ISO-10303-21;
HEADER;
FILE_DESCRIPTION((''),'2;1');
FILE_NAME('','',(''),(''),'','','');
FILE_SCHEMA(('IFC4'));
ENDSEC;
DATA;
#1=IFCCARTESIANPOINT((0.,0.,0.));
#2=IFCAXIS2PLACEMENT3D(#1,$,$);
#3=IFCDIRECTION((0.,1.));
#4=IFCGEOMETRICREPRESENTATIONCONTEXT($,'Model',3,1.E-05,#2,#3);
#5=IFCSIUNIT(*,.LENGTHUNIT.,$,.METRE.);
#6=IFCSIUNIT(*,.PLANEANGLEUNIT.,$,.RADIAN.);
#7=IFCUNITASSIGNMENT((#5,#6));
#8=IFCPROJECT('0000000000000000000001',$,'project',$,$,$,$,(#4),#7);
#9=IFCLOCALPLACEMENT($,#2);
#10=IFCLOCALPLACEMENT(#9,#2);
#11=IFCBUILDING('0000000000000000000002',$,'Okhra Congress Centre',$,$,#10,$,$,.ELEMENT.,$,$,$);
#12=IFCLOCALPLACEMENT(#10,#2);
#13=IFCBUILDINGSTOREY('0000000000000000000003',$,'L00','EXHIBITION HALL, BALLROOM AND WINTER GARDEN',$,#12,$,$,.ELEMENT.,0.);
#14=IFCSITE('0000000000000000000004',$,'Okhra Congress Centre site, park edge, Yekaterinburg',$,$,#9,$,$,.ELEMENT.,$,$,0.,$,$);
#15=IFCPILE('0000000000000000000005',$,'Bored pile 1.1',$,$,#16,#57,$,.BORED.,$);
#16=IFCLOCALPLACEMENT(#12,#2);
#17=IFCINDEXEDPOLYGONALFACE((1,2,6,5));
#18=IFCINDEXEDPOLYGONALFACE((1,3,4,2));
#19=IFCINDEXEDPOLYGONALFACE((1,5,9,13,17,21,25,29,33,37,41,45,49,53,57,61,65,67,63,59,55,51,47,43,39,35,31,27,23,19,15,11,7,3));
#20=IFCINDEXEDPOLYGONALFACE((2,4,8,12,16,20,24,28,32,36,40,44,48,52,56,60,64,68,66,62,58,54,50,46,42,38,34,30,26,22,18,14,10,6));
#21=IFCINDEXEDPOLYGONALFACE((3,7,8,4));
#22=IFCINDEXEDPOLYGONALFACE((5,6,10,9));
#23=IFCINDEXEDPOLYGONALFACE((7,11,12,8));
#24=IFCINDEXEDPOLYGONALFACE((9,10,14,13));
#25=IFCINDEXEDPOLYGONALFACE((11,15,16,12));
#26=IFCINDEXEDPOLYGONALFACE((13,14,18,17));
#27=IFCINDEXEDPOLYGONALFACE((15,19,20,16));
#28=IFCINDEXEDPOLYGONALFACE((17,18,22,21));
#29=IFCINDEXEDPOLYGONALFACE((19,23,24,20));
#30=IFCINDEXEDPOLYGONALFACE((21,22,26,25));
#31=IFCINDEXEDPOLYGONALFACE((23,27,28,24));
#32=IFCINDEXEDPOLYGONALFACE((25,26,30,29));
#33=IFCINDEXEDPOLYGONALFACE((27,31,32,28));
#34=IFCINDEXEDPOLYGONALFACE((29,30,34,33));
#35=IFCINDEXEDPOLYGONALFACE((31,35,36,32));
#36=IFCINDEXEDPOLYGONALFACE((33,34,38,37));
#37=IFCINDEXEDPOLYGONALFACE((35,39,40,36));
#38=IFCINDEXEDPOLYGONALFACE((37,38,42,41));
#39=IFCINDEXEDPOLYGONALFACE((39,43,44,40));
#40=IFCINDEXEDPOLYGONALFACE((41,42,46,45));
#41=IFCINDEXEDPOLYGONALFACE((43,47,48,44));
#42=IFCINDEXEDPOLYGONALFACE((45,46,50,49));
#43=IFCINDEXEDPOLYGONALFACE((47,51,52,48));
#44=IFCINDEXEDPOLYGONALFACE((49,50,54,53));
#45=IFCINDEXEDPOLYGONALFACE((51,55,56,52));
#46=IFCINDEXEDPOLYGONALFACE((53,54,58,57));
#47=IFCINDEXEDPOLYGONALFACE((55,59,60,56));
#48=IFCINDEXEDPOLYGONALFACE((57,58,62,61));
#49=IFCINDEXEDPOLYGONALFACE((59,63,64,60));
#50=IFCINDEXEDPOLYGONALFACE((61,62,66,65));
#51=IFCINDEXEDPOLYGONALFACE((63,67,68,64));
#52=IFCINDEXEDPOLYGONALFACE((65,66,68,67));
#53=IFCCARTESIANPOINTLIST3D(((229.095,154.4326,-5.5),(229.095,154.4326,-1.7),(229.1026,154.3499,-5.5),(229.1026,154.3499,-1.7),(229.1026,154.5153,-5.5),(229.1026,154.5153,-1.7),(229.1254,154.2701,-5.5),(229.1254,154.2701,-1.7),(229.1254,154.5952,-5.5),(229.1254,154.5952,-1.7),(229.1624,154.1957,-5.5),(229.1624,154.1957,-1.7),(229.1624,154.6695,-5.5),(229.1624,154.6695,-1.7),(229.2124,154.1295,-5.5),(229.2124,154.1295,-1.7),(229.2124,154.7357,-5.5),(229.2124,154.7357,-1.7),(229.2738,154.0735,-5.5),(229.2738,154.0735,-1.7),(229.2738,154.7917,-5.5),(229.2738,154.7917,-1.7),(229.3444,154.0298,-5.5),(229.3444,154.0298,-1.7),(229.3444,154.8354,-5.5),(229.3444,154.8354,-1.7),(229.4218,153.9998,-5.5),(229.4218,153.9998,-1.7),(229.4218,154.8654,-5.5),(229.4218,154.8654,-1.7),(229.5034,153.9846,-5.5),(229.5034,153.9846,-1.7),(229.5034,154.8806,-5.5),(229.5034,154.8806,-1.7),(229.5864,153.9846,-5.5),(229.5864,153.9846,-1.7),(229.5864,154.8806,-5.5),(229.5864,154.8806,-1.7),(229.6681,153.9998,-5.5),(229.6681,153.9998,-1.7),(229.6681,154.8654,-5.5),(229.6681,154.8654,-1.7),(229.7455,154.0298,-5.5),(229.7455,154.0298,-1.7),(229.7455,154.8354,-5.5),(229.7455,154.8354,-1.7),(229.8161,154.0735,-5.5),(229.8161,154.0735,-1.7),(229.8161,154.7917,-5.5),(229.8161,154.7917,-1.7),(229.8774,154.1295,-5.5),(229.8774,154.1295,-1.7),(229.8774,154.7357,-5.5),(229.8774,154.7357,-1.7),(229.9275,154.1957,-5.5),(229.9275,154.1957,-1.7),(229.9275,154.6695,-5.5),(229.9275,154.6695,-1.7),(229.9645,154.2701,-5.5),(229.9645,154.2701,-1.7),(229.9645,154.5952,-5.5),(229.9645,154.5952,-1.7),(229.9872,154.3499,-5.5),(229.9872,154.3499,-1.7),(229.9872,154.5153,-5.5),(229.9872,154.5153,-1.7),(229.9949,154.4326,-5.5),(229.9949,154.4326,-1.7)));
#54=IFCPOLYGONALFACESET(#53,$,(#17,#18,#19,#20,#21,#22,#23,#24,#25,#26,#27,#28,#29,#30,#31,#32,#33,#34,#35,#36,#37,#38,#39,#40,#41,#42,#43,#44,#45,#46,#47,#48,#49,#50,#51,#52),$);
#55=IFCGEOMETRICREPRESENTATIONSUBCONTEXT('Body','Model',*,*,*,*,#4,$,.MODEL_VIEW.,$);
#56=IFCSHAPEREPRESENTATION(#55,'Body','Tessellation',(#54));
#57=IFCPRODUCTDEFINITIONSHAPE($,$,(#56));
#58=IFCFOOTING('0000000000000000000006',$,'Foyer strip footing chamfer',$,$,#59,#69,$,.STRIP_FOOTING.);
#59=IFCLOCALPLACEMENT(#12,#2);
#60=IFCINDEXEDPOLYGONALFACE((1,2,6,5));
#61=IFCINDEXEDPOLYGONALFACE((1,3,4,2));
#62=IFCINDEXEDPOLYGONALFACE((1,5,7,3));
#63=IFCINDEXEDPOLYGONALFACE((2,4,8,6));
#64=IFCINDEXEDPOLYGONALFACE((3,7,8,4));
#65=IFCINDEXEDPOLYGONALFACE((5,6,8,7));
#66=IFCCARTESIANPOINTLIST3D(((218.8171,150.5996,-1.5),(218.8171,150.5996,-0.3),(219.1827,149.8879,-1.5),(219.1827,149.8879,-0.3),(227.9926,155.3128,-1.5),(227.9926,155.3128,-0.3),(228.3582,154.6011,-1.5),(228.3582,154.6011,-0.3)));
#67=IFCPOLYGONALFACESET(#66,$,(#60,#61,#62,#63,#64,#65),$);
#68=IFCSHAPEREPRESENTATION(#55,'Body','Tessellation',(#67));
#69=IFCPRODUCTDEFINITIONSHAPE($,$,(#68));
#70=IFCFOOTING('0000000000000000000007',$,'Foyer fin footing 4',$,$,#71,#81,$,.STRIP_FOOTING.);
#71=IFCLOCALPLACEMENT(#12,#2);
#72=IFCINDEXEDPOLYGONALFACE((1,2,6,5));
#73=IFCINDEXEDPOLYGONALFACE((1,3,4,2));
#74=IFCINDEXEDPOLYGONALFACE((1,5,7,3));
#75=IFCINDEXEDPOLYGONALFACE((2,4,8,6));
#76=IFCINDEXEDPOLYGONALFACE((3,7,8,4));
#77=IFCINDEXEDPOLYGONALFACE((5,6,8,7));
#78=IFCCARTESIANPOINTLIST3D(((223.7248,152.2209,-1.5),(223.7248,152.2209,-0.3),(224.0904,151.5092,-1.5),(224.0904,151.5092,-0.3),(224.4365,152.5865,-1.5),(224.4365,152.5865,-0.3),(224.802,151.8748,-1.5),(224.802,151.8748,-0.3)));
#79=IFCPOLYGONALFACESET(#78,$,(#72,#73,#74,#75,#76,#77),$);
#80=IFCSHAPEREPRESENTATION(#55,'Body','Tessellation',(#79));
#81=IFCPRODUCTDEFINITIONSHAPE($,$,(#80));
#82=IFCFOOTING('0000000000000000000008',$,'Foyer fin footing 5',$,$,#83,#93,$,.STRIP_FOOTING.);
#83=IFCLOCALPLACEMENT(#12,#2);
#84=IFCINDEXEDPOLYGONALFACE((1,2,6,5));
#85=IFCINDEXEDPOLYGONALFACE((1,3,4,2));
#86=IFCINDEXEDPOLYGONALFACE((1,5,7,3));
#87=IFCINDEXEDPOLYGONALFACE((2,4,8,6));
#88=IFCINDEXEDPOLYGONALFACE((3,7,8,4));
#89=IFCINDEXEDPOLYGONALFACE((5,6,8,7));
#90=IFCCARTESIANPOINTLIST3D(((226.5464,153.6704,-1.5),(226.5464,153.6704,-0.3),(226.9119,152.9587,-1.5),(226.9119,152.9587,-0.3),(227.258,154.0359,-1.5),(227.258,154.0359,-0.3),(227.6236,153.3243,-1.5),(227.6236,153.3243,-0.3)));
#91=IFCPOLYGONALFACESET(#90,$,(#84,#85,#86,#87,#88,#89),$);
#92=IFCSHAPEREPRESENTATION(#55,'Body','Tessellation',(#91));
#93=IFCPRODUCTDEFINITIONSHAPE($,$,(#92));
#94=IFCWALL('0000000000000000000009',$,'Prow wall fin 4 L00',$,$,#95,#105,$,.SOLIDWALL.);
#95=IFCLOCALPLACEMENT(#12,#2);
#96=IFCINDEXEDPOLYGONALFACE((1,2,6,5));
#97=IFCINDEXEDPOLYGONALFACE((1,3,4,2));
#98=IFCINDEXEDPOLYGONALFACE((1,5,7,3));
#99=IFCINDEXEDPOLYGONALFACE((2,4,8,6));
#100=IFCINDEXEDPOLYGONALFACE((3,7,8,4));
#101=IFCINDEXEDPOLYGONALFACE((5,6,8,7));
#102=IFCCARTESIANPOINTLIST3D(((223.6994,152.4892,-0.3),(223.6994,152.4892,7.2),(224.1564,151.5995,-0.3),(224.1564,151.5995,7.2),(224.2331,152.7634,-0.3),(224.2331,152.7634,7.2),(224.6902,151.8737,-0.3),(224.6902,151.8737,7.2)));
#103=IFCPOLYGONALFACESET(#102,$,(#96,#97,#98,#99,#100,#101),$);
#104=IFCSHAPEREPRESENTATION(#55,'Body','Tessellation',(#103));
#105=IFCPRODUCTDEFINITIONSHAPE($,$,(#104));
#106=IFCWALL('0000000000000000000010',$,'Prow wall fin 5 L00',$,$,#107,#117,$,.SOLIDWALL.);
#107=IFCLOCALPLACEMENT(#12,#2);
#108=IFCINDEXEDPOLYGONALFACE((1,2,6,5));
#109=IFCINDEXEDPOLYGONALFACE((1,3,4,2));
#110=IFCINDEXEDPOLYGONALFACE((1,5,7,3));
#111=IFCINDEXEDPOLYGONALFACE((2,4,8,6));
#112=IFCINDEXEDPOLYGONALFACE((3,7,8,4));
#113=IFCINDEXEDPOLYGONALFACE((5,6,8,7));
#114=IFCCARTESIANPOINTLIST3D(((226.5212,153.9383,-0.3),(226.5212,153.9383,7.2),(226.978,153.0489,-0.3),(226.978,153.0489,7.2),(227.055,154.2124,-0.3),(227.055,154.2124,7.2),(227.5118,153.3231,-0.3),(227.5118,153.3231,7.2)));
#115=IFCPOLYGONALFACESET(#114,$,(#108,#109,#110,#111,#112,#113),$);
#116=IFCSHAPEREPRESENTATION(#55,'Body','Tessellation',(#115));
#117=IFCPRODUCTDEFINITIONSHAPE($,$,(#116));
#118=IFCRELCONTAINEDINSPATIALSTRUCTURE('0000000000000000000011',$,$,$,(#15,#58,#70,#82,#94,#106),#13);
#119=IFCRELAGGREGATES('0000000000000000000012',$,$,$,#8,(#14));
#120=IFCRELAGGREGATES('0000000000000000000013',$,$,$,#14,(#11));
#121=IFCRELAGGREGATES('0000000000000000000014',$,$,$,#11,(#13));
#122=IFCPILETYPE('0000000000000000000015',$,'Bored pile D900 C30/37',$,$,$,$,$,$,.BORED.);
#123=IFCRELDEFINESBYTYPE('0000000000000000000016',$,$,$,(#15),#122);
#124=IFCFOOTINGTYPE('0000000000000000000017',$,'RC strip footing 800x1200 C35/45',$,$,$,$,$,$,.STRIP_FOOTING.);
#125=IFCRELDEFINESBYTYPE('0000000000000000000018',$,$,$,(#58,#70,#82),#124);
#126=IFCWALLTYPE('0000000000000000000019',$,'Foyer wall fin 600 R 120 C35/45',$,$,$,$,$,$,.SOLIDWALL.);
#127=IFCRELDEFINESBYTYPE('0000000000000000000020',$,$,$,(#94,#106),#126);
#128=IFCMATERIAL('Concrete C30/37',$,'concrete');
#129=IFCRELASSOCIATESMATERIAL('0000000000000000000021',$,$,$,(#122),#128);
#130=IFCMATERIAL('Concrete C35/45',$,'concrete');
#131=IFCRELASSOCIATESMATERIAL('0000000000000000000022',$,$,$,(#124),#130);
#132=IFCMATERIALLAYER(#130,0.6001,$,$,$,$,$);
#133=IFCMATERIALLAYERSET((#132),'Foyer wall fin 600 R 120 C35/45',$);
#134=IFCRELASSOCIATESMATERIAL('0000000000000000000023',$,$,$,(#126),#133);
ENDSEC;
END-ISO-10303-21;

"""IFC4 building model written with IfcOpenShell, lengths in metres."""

from ifc_helpers import new_model, si_unit, direction, frame, frame_2d, origin, origin_2d, place, context, subcontext, project, spatial, rectangle, circle, extrude, material, layer, layer_set, material_profile, profile_set, type_object, element, save


model = new_model("IFC4")

# Units and contexts
model_context = context("Model", 3, precision=1e-05, world=origin(), true_north=direction((0.0, 1.0)))
body_context = subcontext(model_context, "Body", "Model", "MODEL_VIEW")
ifc_project = project(units=[si_unit("LENGTHUNIT", "METRE"), si_unit("PLANEANGLEUNIT", "RADIAN")], contexts=[model_context])

# Site, building, storey
site_placement = place(None, origin())
site = spatial("IfcSite", under=ifc_project, at=site_placement, Name="Okhra Congress Centre site, park edge, Yekaterinburg", CompositionType="ELEMENT", RefElevation=0.0)
building_placement = place(site_placement, origin())
building = spatial("IfcBuilding", under=site, at=building_placement, Name="Okhra Congress Centre", CompositionType="ELEMENT")
storey_placement = place(building_placement, origin())
storey = spatial("IfcBuildingStorey", under=building, at=storey_placement, Name="L00", Description="EXHIBITION HALL, BALLROOM AND WINTER GARDEN", CompositionType="ELEMENT", Elevation=0.0)

# Pile
ifc_material_1 = material(Name="Concrete C30/37", Category="concrete")
ifc_material_profile = material_profile(ifc_material_1, circle(Radius=0.45, at=origin_2d()), Name="D900")
ifc_profile_set = profile_set([ifc_material_profile], Name="Concrete C30/37")
pile_type = type_object("IfcPileType", Name="Bored pile D900 C30/37", PredefinedType="BORED", material=ifc_profile_set)
pile_placement = place(storey_placement, frame((229.5449, 154.4326, -1.7), z_axis=(0.0, 0.0, -1.0), x_axis=(1.0, 0.0, 0.0)))
element("IfcPile", 1, at=pile_placement, inside=storey, type_object=pile_type, Name="Bored pile 1.1", PredefinedType="BORED", context=body_context, shape_type="SweptSolid", body=[
    extrude(circle(Radius=0.45, at=origin_2d()), origin(), (0.0, 0.0, 1.0), 3.8),
])

# Footings
ifc_material_2 = material(Name="Concrete C35/45", Category="concrete")
footing_type = type_object("IfcFootingType", Name="RC strip footing 800x1200 C35/45", PredefinedType="STRIP_FOOTING", material=ifc_material_2)
footing_placement = place(storey_placement, frame((223.5876, 152.6003, -1.5), z_axis=(0.0, 0.0, 1.0), x_axis=(0.88951, 0.456915, 0.0)))
element("IfcFooting", 2, at=footing_placement, inside=storey, type_object=footing_type, Name="Foyer strip footing chamfer", PredefinedType="STRIP_FOOTING", context=body_context, shape_type="SweptSolid", body=[
    extrude(rectangle(XDim=10.3152, YDim=0.8, at=origin_2d()), origin(), (0.0, 0.0, 1.0), 1.2),
])
for number, where, z_axis, x_axis, name in (
    (3, (224.2634, 152.0479, -1.5), (0.0, 0.0, 1.0), (0.88951, 0.456915, 0.0), "Foyer fin footing 4"),
    (4, (227.085, 153.4973, -1.5), (0.0, 0.0, 1.0), (0.88951, 0.456915, 0.0), "Foyer fin footing 5"),
):
    element("IfcFooting", number, at=place(storey_placement, frame(where, z_axis=z_axis, x_axis=x_axis)), inside=storey, type_object=footing_type, Name=name, PredefinedType="STRIP_FOOTING", context=body_context, shape_type="SweptSolid", body=[
        extrude(rectangle(XDim=0.8, YDim=0.8, at=origin_2d()), origin(), (0.0, 0.0, 1.0), 1.2),
    ])

# Walls
ifc_layer = layer(ifc_material_2, 0.6001)
ifc_layer_set = layer_set([ifc_layer], Name="Foyer wall fin 600 R 120 C35/45")
wall_type = type_object("IfcWallType", Name="Foyer wall fin 600 R 120 C35/45", PredefinedType="SOLIDWALL", material=ifc_layer_set)
wall_1_placement = place(storey_placement, frame((223.9663, 152.6262, -0.3), z_axis=(0.0, 0.0, 1.0), x_axis=(0.456951, -0.889492, 0.0)))
element("IfcWall", 5, at=wall_1_placement, inside=storey, type_object=wall_type, Name="Prow wall fin 4 L00", PredefinedType="SOLIDWALL", context=body_context, shape_type="SweptSolid", body=[
    extrude(rectangle(XDim=1.0002, YDim=0.6001, at=frame_2d((0.5, 0.0))), origin(), (0.0, 0.0, 1.0), 7.5),
])
wall_2_placement = place(storey_placement, frame((226.7881, 154.0754, -0.3), z_axis=(0.0, 0.0, 1.0), x_axis=(0.456857, -0.88954, 0.0)))
element("IfcWall", 6, at=wall_2_placement, inside=storey, type_object=wall_type, Name="Prow wall fin 5 L00", PredefinedType="SOLIDWALL", context=body_context, shape_type="SweptSolid", body=[
    extrude(rectangle(XDim=0.9998, YDim=0.6001, at=frame_2d((0.5, 0.0))), origin(), (0.0, 0.0, 1.0), 7.5),
])

save(model, "model.ifc")
